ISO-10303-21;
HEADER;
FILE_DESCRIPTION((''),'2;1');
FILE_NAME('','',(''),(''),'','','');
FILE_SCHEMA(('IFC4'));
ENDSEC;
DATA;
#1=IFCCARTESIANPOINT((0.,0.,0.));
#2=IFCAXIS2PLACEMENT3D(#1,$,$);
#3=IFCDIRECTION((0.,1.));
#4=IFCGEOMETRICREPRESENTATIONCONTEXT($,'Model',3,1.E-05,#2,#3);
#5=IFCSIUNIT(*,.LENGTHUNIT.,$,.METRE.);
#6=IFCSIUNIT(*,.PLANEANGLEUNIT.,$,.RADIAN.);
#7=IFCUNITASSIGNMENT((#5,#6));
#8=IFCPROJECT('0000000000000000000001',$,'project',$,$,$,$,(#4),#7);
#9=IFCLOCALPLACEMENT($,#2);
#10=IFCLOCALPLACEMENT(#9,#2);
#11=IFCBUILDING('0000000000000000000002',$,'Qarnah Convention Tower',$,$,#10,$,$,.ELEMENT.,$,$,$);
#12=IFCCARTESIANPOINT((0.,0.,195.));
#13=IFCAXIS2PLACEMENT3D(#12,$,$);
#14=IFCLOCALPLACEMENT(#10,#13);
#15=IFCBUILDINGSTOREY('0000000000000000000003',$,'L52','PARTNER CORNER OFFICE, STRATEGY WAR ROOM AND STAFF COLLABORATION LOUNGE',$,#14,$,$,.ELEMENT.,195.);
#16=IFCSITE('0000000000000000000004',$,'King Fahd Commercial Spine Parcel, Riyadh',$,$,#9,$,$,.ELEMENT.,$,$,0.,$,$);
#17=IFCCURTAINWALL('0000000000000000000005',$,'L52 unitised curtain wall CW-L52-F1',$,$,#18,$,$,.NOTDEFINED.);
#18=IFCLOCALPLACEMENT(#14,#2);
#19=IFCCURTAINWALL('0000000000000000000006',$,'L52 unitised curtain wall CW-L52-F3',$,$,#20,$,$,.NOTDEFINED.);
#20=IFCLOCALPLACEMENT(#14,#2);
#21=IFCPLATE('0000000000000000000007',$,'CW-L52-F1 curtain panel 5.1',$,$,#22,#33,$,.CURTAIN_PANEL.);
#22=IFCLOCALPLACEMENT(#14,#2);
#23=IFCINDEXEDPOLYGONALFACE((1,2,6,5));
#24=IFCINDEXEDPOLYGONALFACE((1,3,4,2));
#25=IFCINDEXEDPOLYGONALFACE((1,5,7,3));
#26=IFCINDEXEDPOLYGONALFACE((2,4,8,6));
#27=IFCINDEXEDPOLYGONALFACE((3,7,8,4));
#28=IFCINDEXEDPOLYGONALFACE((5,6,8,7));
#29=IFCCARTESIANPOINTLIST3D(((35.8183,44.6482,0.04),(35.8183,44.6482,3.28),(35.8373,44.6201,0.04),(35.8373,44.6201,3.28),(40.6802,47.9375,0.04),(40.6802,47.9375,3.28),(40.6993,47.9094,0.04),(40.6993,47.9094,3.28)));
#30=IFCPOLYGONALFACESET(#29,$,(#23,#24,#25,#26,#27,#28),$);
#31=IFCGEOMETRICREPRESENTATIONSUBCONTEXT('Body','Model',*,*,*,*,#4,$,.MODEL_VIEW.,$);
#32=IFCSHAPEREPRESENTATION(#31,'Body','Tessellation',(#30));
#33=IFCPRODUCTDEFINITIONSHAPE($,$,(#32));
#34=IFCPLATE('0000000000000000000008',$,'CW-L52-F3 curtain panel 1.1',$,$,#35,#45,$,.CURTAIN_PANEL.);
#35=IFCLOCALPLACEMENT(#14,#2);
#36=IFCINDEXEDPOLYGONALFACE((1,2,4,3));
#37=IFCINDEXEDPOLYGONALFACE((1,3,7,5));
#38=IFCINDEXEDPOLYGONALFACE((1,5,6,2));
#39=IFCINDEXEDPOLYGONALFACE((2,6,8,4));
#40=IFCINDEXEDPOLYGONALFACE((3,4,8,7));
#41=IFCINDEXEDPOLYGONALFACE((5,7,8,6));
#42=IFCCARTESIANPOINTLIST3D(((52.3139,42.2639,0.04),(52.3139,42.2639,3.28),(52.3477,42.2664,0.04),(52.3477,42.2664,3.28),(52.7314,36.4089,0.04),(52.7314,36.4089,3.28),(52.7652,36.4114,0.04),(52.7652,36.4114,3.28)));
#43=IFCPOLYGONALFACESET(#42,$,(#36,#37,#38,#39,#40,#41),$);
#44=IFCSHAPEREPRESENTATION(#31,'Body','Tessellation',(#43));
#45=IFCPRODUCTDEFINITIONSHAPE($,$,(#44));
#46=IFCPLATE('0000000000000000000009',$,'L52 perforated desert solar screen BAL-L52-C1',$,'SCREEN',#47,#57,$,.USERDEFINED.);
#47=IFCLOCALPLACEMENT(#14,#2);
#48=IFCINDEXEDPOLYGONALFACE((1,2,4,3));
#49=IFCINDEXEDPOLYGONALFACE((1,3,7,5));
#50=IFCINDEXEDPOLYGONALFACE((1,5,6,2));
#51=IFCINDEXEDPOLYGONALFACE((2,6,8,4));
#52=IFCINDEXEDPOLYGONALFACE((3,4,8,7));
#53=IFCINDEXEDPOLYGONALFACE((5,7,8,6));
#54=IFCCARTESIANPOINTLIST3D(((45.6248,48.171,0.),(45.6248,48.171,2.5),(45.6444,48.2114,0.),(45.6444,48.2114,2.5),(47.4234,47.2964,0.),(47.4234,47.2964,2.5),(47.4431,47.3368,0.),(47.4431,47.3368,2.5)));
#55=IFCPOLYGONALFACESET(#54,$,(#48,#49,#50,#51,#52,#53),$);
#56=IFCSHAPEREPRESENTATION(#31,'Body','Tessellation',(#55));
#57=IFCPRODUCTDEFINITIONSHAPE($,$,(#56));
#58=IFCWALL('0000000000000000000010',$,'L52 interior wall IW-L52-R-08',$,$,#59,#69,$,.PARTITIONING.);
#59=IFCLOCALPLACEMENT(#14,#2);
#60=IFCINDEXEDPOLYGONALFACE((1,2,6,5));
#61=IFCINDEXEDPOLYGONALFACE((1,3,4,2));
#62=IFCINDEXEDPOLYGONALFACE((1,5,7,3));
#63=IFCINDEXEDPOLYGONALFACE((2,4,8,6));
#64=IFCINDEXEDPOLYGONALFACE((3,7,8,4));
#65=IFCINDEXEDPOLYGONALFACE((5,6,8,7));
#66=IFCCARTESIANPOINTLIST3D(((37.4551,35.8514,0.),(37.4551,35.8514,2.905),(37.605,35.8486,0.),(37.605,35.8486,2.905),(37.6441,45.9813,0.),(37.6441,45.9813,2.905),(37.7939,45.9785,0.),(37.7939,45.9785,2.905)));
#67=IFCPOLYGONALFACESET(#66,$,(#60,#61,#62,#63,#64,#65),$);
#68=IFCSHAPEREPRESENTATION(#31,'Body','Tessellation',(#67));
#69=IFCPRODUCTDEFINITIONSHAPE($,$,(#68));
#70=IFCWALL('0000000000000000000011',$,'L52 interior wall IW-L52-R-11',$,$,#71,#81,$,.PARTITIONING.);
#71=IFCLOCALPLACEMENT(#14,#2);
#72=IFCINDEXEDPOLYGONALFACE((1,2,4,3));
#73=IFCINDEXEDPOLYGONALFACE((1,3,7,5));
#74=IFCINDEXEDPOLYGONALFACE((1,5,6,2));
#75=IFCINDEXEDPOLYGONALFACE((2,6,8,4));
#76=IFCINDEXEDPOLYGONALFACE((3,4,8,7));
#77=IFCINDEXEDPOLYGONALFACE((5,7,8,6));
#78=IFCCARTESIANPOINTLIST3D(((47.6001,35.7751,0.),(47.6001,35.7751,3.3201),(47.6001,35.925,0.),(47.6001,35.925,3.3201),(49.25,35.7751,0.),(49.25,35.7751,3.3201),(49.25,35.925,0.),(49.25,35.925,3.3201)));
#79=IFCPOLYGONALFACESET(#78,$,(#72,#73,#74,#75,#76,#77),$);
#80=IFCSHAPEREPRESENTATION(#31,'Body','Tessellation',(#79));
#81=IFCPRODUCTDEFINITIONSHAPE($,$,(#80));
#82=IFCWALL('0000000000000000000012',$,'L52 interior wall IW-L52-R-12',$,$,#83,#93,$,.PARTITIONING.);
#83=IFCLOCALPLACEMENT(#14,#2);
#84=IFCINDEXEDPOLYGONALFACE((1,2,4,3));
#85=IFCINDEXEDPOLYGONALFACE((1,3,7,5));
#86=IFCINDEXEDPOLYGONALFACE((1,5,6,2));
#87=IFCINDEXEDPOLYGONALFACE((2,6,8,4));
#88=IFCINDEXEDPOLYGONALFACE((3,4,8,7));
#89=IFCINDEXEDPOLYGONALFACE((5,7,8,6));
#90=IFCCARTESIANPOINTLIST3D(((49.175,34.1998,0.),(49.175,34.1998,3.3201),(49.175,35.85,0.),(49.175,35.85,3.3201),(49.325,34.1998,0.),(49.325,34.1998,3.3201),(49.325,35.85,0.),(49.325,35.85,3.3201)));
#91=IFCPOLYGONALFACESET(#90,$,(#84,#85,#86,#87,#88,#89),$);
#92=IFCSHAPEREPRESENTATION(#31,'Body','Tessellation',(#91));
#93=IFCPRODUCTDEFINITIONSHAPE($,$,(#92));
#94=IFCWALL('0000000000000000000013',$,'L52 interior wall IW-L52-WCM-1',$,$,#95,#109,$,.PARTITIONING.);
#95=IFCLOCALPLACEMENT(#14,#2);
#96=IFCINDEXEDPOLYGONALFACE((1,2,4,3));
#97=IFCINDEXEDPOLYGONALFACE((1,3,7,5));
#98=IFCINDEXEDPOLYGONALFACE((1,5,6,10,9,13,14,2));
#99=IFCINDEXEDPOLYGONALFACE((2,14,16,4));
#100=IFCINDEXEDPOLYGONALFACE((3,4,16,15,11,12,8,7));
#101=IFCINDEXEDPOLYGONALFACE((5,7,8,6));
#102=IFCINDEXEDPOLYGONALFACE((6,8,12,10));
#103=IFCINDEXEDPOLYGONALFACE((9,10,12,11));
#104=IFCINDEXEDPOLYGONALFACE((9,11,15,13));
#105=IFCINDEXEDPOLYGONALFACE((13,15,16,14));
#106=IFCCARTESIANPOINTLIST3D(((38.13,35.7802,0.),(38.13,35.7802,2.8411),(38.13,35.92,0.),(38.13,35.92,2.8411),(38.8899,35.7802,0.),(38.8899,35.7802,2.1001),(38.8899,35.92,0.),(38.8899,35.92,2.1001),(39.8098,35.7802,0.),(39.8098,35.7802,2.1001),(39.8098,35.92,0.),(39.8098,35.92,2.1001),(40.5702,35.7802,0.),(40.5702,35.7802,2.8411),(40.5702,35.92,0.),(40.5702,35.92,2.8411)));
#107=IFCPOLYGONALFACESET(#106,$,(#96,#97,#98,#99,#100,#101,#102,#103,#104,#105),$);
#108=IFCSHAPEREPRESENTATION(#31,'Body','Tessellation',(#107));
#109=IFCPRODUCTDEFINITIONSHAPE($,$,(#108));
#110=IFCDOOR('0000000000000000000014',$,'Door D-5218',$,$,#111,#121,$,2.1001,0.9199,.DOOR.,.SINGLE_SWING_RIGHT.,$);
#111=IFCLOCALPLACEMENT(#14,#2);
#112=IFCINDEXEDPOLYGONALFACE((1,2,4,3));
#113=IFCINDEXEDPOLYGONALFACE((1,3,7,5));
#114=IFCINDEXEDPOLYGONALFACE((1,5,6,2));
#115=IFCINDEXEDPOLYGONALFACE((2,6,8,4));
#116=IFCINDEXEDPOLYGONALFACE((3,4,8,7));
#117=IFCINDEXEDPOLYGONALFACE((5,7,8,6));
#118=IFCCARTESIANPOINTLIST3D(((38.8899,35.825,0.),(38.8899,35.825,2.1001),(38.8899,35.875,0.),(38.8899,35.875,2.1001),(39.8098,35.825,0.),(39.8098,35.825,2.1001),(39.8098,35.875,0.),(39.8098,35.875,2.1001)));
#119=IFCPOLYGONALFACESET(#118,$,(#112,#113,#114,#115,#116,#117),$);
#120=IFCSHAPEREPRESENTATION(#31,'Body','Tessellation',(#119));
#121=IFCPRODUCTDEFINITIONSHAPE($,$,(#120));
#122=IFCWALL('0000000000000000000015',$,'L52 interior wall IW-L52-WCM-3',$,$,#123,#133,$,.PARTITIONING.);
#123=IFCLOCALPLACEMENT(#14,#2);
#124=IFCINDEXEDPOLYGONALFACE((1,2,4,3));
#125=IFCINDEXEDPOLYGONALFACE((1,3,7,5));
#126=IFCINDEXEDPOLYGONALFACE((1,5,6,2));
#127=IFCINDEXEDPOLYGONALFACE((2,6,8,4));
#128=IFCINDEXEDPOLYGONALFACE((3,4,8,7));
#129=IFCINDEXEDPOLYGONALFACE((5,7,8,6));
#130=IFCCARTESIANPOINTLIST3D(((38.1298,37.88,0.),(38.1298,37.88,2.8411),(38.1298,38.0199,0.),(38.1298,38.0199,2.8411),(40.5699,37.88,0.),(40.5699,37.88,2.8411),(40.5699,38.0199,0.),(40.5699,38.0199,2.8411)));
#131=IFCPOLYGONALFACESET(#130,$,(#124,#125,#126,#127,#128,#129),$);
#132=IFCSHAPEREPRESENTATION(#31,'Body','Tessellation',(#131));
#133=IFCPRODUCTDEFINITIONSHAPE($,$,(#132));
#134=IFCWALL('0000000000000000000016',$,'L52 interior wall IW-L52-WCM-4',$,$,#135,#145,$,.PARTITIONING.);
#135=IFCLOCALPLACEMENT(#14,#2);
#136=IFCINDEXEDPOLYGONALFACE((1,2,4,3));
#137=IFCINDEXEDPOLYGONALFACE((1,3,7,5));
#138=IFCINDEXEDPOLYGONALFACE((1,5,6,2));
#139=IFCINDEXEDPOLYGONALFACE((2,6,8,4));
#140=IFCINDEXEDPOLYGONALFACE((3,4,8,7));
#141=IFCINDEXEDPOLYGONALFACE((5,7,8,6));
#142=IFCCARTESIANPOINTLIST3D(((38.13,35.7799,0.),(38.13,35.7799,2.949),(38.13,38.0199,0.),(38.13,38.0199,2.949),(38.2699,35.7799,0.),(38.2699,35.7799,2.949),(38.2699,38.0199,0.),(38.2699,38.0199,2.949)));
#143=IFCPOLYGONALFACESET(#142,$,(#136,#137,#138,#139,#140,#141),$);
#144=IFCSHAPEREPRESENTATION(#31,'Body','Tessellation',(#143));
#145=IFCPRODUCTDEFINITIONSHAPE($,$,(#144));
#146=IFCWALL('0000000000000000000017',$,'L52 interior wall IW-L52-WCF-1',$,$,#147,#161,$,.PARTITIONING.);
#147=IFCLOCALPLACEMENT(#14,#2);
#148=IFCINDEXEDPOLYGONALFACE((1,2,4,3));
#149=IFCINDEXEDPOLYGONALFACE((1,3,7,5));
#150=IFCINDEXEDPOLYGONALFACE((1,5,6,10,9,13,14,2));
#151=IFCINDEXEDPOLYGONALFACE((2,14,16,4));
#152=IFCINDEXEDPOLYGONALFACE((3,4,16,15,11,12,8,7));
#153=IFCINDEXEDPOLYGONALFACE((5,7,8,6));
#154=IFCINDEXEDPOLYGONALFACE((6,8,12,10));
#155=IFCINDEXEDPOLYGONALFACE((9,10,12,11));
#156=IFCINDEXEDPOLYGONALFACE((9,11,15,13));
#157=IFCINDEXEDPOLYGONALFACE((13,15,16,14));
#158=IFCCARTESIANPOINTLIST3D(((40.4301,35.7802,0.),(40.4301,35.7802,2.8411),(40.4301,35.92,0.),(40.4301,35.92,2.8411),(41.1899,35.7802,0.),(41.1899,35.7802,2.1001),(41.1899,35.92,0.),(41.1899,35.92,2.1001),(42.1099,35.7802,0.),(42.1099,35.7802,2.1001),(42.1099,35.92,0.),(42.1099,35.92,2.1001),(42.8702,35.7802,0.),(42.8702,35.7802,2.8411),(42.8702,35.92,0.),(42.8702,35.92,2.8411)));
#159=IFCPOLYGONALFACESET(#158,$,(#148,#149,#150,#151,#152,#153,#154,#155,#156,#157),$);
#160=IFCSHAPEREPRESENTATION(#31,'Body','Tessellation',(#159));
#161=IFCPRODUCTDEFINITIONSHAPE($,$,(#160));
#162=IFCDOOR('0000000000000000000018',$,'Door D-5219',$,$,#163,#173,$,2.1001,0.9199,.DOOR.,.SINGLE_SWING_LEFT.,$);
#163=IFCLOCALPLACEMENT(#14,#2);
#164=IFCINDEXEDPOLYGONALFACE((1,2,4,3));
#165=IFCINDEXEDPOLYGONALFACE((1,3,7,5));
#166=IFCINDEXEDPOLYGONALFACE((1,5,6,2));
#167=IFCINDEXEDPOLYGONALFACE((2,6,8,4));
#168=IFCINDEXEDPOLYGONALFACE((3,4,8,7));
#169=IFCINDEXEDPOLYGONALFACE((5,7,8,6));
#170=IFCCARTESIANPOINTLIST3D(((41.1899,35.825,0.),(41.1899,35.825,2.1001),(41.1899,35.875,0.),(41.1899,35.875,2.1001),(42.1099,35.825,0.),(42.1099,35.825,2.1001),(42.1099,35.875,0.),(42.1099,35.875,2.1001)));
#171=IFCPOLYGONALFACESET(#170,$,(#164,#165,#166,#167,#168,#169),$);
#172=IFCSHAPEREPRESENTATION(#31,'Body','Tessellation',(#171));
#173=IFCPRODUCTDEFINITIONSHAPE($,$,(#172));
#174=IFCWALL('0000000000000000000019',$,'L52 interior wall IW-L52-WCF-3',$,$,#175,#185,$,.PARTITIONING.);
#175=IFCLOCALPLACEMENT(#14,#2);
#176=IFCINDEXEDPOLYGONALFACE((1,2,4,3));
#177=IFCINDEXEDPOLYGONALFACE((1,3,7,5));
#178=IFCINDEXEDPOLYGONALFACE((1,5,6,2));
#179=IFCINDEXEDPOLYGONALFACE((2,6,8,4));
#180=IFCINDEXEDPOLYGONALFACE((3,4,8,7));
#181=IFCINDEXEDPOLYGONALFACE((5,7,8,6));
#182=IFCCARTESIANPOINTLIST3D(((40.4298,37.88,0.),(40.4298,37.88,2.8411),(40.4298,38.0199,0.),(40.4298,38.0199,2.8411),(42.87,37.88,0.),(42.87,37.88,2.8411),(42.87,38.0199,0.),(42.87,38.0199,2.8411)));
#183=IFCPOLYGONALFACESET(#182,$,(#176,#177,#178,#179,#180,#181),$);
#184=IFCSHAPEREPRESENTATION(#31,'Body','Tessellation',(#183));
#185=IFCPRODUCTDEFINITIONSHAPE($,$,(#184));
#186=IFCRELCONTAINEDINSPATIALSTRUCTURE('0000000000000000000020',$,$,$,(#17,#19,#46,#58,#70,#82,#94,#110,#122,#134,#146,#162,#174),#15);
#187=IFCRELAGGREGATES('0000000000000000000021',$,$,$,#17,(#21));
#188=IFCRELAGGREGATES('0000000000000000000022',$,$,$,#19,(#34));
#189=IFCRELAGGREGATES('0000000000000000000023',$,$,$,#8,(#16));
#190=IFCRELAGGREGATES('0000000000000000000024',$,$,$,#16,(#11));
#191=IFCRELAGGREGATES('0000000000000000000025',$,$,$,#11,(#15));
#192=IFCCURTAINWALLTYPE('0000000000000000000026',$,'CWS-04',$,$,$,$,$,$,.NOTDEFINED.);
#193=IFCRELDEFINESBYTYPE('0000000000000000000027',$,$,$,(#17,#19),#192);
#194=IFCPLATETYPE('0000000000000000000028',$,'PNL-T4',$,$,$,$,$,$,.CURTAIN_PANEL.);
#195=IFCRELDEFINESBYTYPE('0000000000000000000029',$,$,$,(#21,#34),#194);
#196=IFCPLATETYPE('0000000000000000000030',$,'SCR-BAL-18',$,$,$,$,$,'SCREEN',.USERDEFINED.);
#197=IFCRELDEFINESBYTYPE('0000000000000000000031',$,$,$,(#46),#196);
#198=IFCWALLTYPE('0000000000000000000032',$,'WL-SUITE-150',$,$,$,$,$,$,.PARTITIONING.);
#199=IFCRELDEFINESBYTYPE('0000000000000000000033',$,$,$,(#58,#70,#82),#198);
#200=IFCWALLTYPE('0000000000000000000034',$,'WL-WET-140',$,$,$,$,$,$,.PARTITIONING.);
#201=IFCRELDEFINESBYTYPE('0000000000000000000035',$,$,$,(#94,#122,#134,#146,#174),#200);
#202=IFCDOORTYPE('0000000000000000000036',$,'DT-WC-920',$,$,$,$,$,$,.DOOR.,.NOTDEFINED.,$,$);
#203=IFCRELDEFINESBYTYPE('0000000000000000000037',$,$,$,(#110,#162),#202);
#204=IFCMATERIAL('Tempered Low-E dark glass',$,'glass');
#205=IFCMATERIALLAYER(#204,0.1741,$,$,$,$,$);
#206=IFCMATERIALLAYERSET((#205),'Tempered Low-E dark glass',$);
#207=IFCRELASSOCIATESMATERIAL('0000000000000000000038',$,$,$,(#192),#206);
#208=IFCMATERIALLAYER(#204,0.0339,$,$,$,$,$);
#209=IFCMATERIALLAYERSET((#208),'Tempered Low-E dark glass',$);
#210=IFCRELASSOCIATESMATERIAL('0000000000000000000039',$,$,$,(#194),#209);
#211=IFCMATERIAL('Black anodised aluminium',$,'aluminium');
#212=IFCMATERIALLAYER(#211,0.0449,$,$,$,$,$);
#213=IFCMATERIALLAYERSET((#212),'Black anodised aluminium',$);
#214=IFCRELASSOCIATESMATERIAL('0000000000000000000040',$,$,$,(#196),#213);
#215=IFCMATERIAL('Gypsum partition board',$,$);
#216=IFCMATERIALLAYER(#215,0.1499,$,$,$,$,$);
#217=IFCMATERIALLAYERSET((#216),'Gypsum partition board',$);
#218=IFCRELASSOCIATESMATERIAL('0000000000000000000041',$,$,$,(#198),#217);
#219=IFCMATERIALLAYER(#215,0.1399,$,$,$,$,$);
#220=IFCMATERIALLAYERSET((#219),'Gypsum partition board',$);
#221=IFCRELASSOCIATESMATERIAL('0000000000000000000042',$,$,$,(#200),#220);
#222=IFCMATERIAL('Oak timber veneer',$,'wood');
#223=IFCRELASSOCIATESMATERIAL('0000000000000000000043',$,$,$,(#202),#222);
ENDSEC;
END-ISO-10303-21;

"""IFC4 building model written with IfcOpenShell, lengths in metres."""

from ifc_helpers import new_model, si_unit, direction, frame, frame_2d, origin, origin_2d, place, context, subcontext, project, spatial, rectangle, extrude, material, layer, layer_set, type_object, element, fill, aggregate, save


model = new_model("IFC4")

# Units and contexts
model_context = context("Model", 3, precision=1e-05, world=origin(), true_north=direction((0.0, 1.0)))
body_context = subcontext(model_context, "Body", "Model", "MODEL_VIEW")
ifc_project = project(units=[si_unit("LENGTHUNIT", "METRE"), si_unit("PLANEANGLEUNIT", "RADIAN")], contexts=[model_context])

# Site, building, storey
site_placement = place(None, origin())
site = spatial("IfcSite", under=ifc_project, at=site_placement, Name="King Fahd Commercial Spine Parcel, Riyadh", CompositionType="ELEMENT", RefElevation=0.0)
building_placement = place(site_placement, origin())
building = spatial("IfcBuilding", under=site, at=building_placement, Name="Qarnah Convention Tower", CompositionType="ELEMENT")
storey_placement = place(building_placement, frame((0.0, 0.0, 195.0)))
storey = spatial("IfcBuildingStorey", under=building, at=storey_placement, Name="L52", Description="PARTNER CORNER OFFICE, STRATEGY WAR ROOM AND STAFF COLLABORATION LOUNGE", CompositionType="ELEMENT", Elevation=195.0)

# Curtain wall
ifc_material_1 = material(Name="Tempered Low-E dark glass", Category="glass")
ifc_layer_1 = layer(ifc_material_1, 0.1741)
ifc_layer_set_1 = layer_set([ifc_layer_1], Name="Tempered Low-E dark glass")
curtain_wall_type = type_object("IfcCurtainWallType", Name="CWS-04", PredefinedType="NOTDEFINED", material=ifc_layer_set_1)
curtain_wall_1_placement = place(storey_placement, origin())
curtain_wall_1 = element("IfcCurtainWall", 1, at=curtain_wall_1_placement, inside=storey, type_object=curtain_wall_type, Name="L52 unitised curtain wall CW-L52-F1", PredefinedType="NOTDEFINED")
ifc_material_2 = material(Name="Black anodised aluminium", Category="aluminium")

# Curtain wall
curtain_wall_2_placement = place(storey_placement, origin())
curtain_wall_2 = element("IfcCurtainWall", 2, at=curtain_wall_2_placement, inside=storey, type_object=curtain_wall_type, Name="L52 unitised curtain wall CW-L52-F3", PredefinedType="NOTDEFINED")

# Plates
ifc_layer_2 = layer(ifc_material_1, 0.0339)
ifc_layer_set_2 = layer_set([ifc_layer_2], Name="Tempered Low-E dark glass")
plate_type_1 = type_object("IfcPlateType", Name="PNL-T4", PredefinedType="CURTAIN_PANEL", material=ifc_layer_set_2)
plate_1_placement = place(storey_placement, frame((38.2588, 46.2788, 0.04), z_axis=(0.0, 0.0, 1.0), x_axis=(0.828251, 0.560358, 0.0)))
plate_1 = element("IfcPlate", 3, at=plate_1_placement, type_object=plate_type_1, Name="CW-L52-F1 curtain panel 5.1", PredefinedType="CURTAIN_PANEL", context=body_context, shape_type="SweptSolid", body=[
    extrude(rectangle(XDim=5.8701, YDim=0.0339, at=origin_2d()), origin(), (0.0, 0.0, 1.0), 3.24),
])
aggregate(curtain_wall_1, [plate_1])
plate_2_placement = place(storey_placement, frame((52.5396, 39.3376, 0.04), z_axis=(0.0, 0.0, 1.0), x_axis=(0.071128, -0.997467, 0.0)))
plate_2 = element("IfcPlate", 4, at=plate_2_placement, type_object=plate_type_1, Name="CW-L52-F3 curtain panel 1.1", PredefinedType="CURTAIN_PANEL", context=body_context, shape_type="SweptSolid", body=[
    extrude(rectangle(XDim=5.8699, YDim=0.0339, at=origin_2d()), origin(), (0.0, 0.0, 1.0), 3.24),
])
aggregate(curtain_wall_2, [plate_2])
ifc_layer_3 = layer(ifc_material_2, 0.0449)
ifc_layer_set_3 = layer_set([ifc_layer_3], Name="Black anodised aluminium")
plate_type_2 = type_object("IfcPlateType", Name="SCR-BAL-18", ElementType="SCREEN", PredefinedType="USERDEFINED", material=ifc_layer_set_3)
plate_3_placement = place(storey_placement, frame((46.5339, 47.7539, 0.0), z_axis=(0.0, 0.0, 1.0), x_axis=(0.899323, -0.437285, 0.0)))
element("IfcPlate", 5, at=plate_3_placement, inside=storey, type_object=plate_type_2, Name="L52 perforated desert solar screen BAL-L52-C1", ObjectType="SCREEN", PredefinedType="USERDEFINED", context=body_context, shape_type="SweptSolid", body=[
    extrude(rectangle(XDim=2.0, YDim=0.0449, at=origin_2d()), origin(), (0.0, 0.0, 1.0), 2.5),
])

# Wall
ifc_material_3 = material(Name="Gypsum partition board")
ifc_layer_4 = layer(ifc_material_3, 0.1499)
ifc_layer_set_4 = layer_set([ifc_layer_4], Name="Gypsum partition board")
wall_type_1 = type_object("IfcWallType", Name="WL-SUITE-150", PredefinedType="PARTITIONING", material=ifc_layer_set_4)
wall_1_placement = place(storey_placement, frame((37.719, 45.98, 0.0), z_axis=(0.0, 0.0, 1.0), x_axis=(-0.018651, -0.999826, 0.0)))
element("IfcWall", 6, at=wall_1_placement, inside=storey, type_object=wall_type_1, Name="L52 interior wall IW-L52-R-08", PredefinedType="PARTITIONING", context=body_context, shape_type="SweptSolid", body=[
    extrude(rectangle(XDim=10.1316, YDim=0.1499, at=frame_2d((5.0659, 0.0))), origin(), (0.0, 0.0, 1.0), 2.905),
])

# Shared definitions
ifc_material_4 = material(Name="Oak timber veneer", Category="wood")

# Walls
wall_2_placement = place(storey_placement, frame((47.6001, 35.8501, 0.0), z_axis=(0.0, 0.0, 1.0), x_axis=(1.0, 0.0, 0.0)))
element("IfcWall", 7, at=wall_2_placement, inside=storey, type_object=wall_type_1, Name="L52 interior wall IW-L52-R-11", PredefinedType="PARTITIONING", context=body_context, shape_type="SweptSolid", body=[
    extrude(rectangle(XDim=1.6499, YDim=0.1499, at=frame_2d((0.825, 0.0))), origin(), (0.0, 0.0, 1.0), 3.3201),
])
wall_3_placement = place(storey_placement, frame((49.25, 35.8501, 0.0), z_axis=(0.0, 0.0, 1.0), x_axis=(0.0, -1.0, 0.0)))
element("IfcWall", 8, at=wall_3_placement, inside=storey, type_object=wall_type_1, Name="L52 interior wall IW-L52-R-12", PredefinedType="PARTITIONING", context=body_context, shape_type="SweptSolid", body=[
    extrude(rectangle(XDim=1.6501, YDim=0.1499, at=frame_2d((0.8252, 0.0))), origin(), (0.0, 0.0, 1.0), 3.3201),
])

# Wall, opening, door
ifc_layer_5 = layer(ifc_material_3, 0.1399)
ifc_layer_set_5 = layer_set([ifc_layer_5], Name="Gypsum partition board")
wall_type_2 = type_object("IfcWallType", Name="WL-WET-140", PredefinedType="PARTITIONING", material=ifc_layer_set_5)
wall_4_placement = place(storey_placement, frame((38.1299, 35.8501, 0.0), z_axis=(0.0, 0.0, 1.0), x_axis=(1.0, 0.0, 0.0)))
wall_4 = element("IfcWall", 9, at=wall_4_placement, inside=storey, type_object=wall_type_2, Name="L52 interior wall IW-L52-WCM-1", PredefinedType="PARTITIONING", context=body_context, shape_type="SweptSolid", body=[
    extrude(rectangle(XDim=2.4402, YDim=0.1399, at=frame_2d((1.2202, 0.0))), origin(), (0.0, 0.0, 1.0), 2.8411),
])
opening_1_placement = place(wall_4_placement, frame((0.76, 0.0, 0.0)))
opening_1 = element("IfcOpeningElement", 10, at=opening_1_placement, cuts=wall_4, PredefinedType="OPENING", context=body_context, shape_type="SweptSolid", body=[
    extrude(rectangle(XDim=0.9199, YDim=2.1001, at=frame_2d((0.46, 1.05))), frame((0.0, 0.0798, 0.0), z_axis=(0.0, -1.0, 0.0), x_axis=(1.0, 0.0, 0.0)), (0.0, 0.0, 1.0), 0.1599),
])
door_type_1 = type_object("IfcDoorType", Name="DT-WC-920", OperationType="NOTDEFINED", PredefinedType="DOOR", material=ifc_material_4)
door_1_placement = place(opening_1_placement, origin())
door_1 = element("IfcDoor", 11, at=door_1_placement, inside=storey, type_object=door_type_1, Name="Door D-5218", OperationType="SINGLE_SWING_RIGHT", OverallHeight=2.1001, OverallWidth=0.9199, PredefinedType="DOOR", context=body_context, shape_type="SweptSolid", body=[
    extrude(rectangle(XDim=0.9199, YDim=2.1001, at=frame_2d((0.46, 1.05))), frame((0.0, 0.0249, 0.0), z_axis=(0.0, -1.0, 0.0), x_axis=(1.0, 0.0, 0.0)), (0.0, 0.0, 1.0), 0.05),
])
fill(opening_1, door_1)

# Walls
wall_5_placement = place(storey_placement, frame((40.5701, 37.95, 0.0), z_axis=(0.0, 0.0, 1.0), x_axis=(-1.0, 0.0, 0.0)))
element("IfcWall", 12, at=wall_5_placement, inside=storey, type_object=wall_type_2, Name="L52 interior wall IW-L52-WCM-3", PredefinedType="PARTITIONING", context=body_context, shape_type="SweptSolid", body=[
    extrude(rectangle(XDim=2.4402, YDim=0.1399, at=frame_2d((1.2202, 0.0))), origin(), (0.0, 0.0, 1.0), 2.8411),
])
wall_6_placement = place(storey_placement, frame((38.2, 38.02, 0.0), z_axis=(0.0, 0.0, 1.0), x_axis=(0.0, -1.0, 0.0)))
element("IfcWall", 13, at=wall_6_placement, inside=storey, type_object=wall_type_2, Name="L52 interior wall IW-L52-WCM-4", PredefinedType="PARTITIONING", context=body_context, shape_type="SweptSolid", body=[
    extrude(rectangle(XDim=2.24, YDim=0.1399, at=frame_2d((1.1201, 0.0))), origin(), (0.0, 0.0, 1.0), 2.949),
])

# Wall, opening, door
wall_7_placement = place(storey_placement, frame((40.4299, 35.8501, 0.0), z_axis=(0.0, 0.0, 1.0), x_axis=(1.0, 0.0, 0.0)))
wall_7 = element("IfcWall", 14, at=wall_7_placement, inside=storey, type_object=wall_type_2, Name="L52 interior wall IW-L52-WCF-1", PredefinedType="PARTITIONING", context=body_context, shape_type="SweptSolid", body=[
    extrude(rectangle(XDim=2.4402, YDim=0.1399, at=frame_2d((1.2202, 0.0))), origin(), (0.0, 0.0, 1.0), 2.8411),
])
opening_2_placement = place(wall_7_placement, frame((0.76, 0.0, 0.0)))
opening_2 = element("IfcOpeningElement", 15, at=opening_2_placement, cuts=wall_7, PredefinedType="OPENING", context=body_context, shape_type="SweptSolid", body=[
    extrude(rectangle(XDim=0.9199, YDim=2.1001, at=frame_2d((0.46, 1.05))), frame((0.0, 0.0798, 0.0), z_axis=(0.0, -1.0, 0.0), x_axis=(1.0, 0.0, 0.0)), (0.0, 0.0, 1.0), 0.1599),
])
door_2_placement = place(opening_2_placement, origin())
door_2 = element("IfcDoor", 16, at=door_2_placement, inside=storey, type_object=door_type_1, Name="Door D-5219", OperationType="SINGLE_SWING_LEFT", OverallHeight=2.1001, OverallWidth=0.9199, PredefinedType="DOOR", context=body_context, shape_type="SweptSolid", body=[
    extrude(rectangle(XDim=0.9199, YDim=2.1001, at=frame_2d((0.46, 1.05))), frame((0.0, 0.0249, 0.0), z_axis=(0.0, -1.0, 0.0), x_axis=(1.0, 0.0, 0.0)), (0.0, 0.0, 1.0), 0.05),
])
fill(opening_2, door_2)

# Wall
wall_8_placement = place(storey_placement, frame((42.8701, 37.95, 0.0), z_axis=(0.0, 0.0, 1.0), x_axis=(-1.0, 0.0, 0.0)))
element("IfcWall", 17, at=wall_8_placement, inside=storey, type_object=wall_type_2, Name="L52 interior wall IW-L52-WCF-3", PredefinedType="PARTITIONING", context=body_context, shape_type="SweptSolid", body=[
    extrude(rectangle(XDim=2.4402, YDim=0.1399, at=frame_2d((1.2202, 0.0))), origin(), (0.0, 0.0, 1.0), 2.8411),
])

save(model, "model.ifc")
